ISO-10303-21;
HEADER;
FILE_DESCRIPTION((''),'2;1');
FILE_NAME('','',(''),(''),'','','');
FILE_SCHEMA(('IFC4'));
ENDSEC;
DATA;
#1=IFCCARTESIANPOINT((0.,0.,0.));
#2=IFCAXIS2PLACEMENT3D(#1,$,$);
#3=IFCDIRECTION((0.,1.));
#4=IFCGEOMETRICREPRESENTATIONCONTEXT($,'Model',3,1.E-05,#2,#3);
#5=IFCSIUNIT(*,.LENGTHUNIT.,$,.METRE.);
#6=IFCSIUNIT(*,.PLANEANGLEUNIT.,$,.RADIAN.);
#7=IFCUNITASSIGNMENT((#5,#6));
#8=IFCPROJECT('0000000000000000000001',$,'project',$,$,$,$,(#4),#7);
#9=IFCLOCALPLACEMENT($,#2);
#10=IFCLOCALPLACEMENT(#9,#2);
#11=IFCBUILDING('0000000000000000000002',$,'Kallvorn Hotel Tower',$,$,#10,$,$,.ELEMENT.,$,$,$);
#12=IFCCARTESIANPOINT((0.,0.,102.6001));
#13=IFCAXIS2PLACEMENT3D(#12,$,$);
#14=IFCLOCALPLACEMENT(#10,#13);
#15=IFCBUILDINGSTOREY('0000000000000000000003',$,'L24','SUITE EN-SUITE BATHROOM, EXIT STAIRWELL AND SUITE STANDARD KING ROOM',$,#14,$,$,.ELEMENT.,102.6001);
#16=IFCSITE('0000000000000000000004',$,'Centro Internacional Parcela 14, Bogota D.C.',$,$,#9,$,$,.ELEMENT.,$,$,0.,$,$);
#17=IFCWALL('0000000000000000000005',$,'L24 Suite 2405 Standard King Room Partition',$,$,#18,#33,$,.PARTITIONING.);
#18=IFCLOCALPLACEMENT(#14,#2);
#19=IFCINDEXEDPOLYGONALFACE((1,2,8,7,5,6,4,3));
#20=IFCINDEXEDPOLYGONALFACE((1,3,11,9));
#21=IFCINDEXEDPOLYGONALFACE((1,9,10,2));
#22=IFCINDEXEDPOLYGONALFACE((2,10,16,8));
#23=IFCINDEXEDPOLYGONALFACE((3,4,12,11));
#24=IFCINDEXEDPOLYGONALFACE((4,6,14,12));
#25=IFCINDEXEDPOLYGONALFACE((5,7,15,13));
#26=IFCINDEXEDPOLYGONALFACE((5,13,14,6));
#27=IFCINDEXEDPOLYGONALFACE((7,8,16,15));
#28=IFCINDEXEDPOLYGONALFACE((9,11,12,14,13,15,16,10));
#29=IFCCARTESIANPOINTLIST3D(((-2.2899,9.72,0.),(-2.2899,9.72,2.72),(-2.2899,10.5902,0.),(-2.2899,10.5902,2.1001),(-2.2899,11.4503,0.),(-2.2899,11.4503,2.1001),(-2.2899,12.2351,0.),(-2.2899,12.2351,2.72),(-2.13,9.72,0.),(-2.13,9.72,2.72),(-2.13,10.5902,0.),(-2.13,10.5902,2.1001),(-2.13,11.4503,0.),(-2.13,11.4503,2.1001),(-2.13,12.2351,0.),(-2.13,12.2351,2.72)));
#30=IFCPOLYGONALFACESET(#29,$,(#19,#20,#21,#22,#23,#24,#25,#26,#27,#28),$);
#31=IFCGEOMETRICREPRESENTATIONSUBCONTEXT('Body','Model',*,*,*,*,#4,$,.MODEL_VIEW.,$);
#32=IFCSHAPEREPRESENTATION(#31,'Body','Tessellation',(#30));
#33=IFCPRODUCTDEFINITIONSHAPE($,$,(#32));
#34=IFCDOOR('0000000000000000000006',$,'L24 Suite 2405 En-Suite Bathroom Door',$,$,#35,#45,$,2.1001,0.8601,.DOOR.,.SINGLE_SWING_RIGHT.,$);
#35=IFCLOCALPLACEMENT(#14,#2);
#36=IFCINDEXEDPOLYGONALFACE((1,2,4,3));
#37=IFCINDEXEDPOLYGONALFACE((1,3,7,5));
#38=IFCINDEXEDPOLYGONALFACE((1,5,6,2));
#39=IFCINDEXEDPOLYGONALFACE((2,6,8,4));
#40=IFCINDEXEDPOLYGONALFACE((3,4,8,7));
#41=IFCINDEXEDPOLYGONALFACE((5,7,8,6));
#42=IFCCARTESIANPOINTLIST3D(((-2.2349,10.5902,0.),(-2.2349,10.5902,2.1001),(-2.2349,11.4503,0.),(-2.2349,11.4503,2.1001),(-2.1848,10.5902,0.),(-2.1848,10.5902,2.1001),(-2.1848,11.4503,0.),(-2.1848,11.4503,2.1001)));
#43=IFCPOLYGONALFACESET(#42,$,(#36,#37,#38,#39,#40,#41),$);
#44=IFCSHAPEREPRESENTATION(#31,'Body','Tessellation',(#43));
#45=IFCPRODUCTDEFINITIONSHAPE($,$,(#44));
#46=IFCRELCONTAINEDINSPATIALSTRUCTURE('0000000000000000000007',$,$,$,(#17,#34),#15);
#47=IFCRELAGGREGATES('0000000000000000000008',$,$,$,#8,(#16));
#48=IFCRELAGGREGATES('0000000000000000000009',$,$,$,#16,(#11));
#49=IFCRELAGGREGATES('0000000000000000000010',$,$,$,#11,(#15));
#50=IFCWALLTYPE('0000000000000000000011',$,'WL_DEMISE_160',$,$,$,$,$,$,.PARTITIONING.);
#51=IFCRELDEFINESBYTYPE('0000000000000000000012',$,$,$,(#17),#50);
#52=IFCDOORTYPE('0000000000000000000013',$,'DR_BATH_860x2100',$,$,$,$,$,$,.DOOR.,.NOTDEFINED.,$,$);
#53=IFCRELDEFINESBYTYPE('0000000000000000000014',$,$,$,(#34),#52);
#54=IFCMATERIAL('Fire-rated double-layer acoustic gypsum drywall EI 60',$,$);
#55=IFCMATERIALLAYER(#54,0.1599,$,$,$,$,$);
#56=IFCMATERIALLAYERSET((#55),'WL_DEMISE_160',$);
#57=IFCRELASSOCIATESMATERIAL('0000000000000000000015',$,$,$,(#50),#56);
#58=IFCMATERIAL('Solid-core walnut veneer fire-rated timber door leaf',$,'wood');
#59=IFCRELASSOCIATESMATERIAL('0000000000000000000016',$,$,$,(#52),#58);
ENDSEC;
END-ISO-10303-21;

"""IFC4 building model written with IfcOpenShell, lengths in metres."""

from ifc_helpers import new_model, si_unit, direction, frame, frame_2d, origin, place, context, subcontext, project, spatial, rectangle, extrude, material, layer, layer_set, type_object, element, fill, save


model = new_model("IFC4")

# Units and contexts
model_context = context("Model", 3, precision=1e-05, world=origin(), true_north=direction((0.0, 1.0)))
body_context = subcontext(model_context, "Body", "Model", "MODEL_VIEW")
ifc_project = project(units=[si_unit("LENGTHUNIT", "METRE"), si_unit("PLANEANGLEUNIT", "RADIAN")], contexts=[model_context])

# Site, building, storey
site_placement = place(None, origin())
site = spatial("IfcSite", under=ifc_project, at=site_placement, Name="Centro Internacional Parcela 14, Bogota D.C.", CompositionType="ELEMENT", RefElevation=0.0)
building_placement = place(site_placement, origin())
building = spatial("IfcBuilding", under=site, at=building_placement, Name="Kallvorn Hotel Tower", CompositionType="ELEMENT")
storey_placement = place(building_placement, frame((0.0, 0.0, 102.6001)))
storey = spatial("IfcBuildingStorey", under=building, at=storey_placement, Name="L24", Description="SUITE EN-SUITE BATHROOM, EXIT STAIRWELL AND SUITE STANDARD KING ROOM", CompositionType="ELEMENT", Elevation=102.6001)

# Shared definitions
ifc_material_1 = material(Name="Fire-rated double-layer acoustic gypsum drywall EI 60")
ifc_layer_1 = layer(ifc_material_1, 0.1599)
ifc_layer_set_1 = layer_set([ifc_layer_1], Name="WL_DEMISE_160")
wall_type = type_object("IfcWallType", Name="WL_DEMISE_160", PredefinedType="PARTITIONING", material=ifc_layer_set_1)

# Wall, opening, door
wall_1_placement = place(storey_placement, frame((-2.21, 9.72, 0.0), z_axis=(0.0, 0.0, 1.0), x_axis=(0.0, 1.0, 0.0)))
wall_1 = element("IfcWall", 1, at=wall_1_placement, inside=storey, type_object=wall_type, Name="L24 Suite 2405 Standard King Room Partition", PredefinedType="PARTITIONING", context=body_context, shape_type="SweptSolid", body=[
    extrude(rectangle(XDim=2.5151, YDim=0.1599, at=frame_2d((1.2576, 0.0))), origin(), (0.0, 0.0, 1.0), 2.72),
])
opening_placement = place(wall_1_placement, frame((0.8701, 0.0, 0.0)))
opening = element("IfcOpeningElement", 2, at=opening_placement, cuts=wall_1, PredefinedType="OPENING", context=body_context, shape_type="SweptSolid", body=[
    extrude(rectangle(XDim=0.8601, YDim=2.1001, at=frame_2d((0.4302, 1.05))), frame((0.0, 0.095, 0.0), z_axis=(0.0, -1.0, 0.0), x_axis=(1.0, 0.0, 0.0)), (0.0, 0.0, 1.0), 0.1899),
])
ifc_material_2 = material(Name="Solid-core walnut veneer fire-rated timber door leaf", Category="wood")
door_type = type_object("IfcDoorType", Name="DR_BATH_860x2100", OperationType="NOTDEFINED", PredefinedType="DOOR", material=ifc_material_2)
door_placement = place(opening_placement, origin())
door = element("IfcDoor", 3, at=door_placement, inside=storey, type_object=door_type, Name="L24 Suite 2405 En-Suite Bathroom Door", OperationType="SINGLE_SWING_RIGHT", OverallHeight=2.1001, OverallWidth=0.8601, PredefinedType="DOOR", context=body_context, shape_type="SweptSolid", body=[
    extrude(rectangle(XDim=0.8601, YDim=2.1001, at=frame_2d((0.4302, 1.05))), frame((0.0, 0.0249, 0.0), z_axis=(0.0, -1.0, 0.0), x_axis=(1.0, 0.0, 0.0)), (0.0, 0.0, 1.0), 0.05),
])
fill(opening, door)

save(model, "model.ifc")
